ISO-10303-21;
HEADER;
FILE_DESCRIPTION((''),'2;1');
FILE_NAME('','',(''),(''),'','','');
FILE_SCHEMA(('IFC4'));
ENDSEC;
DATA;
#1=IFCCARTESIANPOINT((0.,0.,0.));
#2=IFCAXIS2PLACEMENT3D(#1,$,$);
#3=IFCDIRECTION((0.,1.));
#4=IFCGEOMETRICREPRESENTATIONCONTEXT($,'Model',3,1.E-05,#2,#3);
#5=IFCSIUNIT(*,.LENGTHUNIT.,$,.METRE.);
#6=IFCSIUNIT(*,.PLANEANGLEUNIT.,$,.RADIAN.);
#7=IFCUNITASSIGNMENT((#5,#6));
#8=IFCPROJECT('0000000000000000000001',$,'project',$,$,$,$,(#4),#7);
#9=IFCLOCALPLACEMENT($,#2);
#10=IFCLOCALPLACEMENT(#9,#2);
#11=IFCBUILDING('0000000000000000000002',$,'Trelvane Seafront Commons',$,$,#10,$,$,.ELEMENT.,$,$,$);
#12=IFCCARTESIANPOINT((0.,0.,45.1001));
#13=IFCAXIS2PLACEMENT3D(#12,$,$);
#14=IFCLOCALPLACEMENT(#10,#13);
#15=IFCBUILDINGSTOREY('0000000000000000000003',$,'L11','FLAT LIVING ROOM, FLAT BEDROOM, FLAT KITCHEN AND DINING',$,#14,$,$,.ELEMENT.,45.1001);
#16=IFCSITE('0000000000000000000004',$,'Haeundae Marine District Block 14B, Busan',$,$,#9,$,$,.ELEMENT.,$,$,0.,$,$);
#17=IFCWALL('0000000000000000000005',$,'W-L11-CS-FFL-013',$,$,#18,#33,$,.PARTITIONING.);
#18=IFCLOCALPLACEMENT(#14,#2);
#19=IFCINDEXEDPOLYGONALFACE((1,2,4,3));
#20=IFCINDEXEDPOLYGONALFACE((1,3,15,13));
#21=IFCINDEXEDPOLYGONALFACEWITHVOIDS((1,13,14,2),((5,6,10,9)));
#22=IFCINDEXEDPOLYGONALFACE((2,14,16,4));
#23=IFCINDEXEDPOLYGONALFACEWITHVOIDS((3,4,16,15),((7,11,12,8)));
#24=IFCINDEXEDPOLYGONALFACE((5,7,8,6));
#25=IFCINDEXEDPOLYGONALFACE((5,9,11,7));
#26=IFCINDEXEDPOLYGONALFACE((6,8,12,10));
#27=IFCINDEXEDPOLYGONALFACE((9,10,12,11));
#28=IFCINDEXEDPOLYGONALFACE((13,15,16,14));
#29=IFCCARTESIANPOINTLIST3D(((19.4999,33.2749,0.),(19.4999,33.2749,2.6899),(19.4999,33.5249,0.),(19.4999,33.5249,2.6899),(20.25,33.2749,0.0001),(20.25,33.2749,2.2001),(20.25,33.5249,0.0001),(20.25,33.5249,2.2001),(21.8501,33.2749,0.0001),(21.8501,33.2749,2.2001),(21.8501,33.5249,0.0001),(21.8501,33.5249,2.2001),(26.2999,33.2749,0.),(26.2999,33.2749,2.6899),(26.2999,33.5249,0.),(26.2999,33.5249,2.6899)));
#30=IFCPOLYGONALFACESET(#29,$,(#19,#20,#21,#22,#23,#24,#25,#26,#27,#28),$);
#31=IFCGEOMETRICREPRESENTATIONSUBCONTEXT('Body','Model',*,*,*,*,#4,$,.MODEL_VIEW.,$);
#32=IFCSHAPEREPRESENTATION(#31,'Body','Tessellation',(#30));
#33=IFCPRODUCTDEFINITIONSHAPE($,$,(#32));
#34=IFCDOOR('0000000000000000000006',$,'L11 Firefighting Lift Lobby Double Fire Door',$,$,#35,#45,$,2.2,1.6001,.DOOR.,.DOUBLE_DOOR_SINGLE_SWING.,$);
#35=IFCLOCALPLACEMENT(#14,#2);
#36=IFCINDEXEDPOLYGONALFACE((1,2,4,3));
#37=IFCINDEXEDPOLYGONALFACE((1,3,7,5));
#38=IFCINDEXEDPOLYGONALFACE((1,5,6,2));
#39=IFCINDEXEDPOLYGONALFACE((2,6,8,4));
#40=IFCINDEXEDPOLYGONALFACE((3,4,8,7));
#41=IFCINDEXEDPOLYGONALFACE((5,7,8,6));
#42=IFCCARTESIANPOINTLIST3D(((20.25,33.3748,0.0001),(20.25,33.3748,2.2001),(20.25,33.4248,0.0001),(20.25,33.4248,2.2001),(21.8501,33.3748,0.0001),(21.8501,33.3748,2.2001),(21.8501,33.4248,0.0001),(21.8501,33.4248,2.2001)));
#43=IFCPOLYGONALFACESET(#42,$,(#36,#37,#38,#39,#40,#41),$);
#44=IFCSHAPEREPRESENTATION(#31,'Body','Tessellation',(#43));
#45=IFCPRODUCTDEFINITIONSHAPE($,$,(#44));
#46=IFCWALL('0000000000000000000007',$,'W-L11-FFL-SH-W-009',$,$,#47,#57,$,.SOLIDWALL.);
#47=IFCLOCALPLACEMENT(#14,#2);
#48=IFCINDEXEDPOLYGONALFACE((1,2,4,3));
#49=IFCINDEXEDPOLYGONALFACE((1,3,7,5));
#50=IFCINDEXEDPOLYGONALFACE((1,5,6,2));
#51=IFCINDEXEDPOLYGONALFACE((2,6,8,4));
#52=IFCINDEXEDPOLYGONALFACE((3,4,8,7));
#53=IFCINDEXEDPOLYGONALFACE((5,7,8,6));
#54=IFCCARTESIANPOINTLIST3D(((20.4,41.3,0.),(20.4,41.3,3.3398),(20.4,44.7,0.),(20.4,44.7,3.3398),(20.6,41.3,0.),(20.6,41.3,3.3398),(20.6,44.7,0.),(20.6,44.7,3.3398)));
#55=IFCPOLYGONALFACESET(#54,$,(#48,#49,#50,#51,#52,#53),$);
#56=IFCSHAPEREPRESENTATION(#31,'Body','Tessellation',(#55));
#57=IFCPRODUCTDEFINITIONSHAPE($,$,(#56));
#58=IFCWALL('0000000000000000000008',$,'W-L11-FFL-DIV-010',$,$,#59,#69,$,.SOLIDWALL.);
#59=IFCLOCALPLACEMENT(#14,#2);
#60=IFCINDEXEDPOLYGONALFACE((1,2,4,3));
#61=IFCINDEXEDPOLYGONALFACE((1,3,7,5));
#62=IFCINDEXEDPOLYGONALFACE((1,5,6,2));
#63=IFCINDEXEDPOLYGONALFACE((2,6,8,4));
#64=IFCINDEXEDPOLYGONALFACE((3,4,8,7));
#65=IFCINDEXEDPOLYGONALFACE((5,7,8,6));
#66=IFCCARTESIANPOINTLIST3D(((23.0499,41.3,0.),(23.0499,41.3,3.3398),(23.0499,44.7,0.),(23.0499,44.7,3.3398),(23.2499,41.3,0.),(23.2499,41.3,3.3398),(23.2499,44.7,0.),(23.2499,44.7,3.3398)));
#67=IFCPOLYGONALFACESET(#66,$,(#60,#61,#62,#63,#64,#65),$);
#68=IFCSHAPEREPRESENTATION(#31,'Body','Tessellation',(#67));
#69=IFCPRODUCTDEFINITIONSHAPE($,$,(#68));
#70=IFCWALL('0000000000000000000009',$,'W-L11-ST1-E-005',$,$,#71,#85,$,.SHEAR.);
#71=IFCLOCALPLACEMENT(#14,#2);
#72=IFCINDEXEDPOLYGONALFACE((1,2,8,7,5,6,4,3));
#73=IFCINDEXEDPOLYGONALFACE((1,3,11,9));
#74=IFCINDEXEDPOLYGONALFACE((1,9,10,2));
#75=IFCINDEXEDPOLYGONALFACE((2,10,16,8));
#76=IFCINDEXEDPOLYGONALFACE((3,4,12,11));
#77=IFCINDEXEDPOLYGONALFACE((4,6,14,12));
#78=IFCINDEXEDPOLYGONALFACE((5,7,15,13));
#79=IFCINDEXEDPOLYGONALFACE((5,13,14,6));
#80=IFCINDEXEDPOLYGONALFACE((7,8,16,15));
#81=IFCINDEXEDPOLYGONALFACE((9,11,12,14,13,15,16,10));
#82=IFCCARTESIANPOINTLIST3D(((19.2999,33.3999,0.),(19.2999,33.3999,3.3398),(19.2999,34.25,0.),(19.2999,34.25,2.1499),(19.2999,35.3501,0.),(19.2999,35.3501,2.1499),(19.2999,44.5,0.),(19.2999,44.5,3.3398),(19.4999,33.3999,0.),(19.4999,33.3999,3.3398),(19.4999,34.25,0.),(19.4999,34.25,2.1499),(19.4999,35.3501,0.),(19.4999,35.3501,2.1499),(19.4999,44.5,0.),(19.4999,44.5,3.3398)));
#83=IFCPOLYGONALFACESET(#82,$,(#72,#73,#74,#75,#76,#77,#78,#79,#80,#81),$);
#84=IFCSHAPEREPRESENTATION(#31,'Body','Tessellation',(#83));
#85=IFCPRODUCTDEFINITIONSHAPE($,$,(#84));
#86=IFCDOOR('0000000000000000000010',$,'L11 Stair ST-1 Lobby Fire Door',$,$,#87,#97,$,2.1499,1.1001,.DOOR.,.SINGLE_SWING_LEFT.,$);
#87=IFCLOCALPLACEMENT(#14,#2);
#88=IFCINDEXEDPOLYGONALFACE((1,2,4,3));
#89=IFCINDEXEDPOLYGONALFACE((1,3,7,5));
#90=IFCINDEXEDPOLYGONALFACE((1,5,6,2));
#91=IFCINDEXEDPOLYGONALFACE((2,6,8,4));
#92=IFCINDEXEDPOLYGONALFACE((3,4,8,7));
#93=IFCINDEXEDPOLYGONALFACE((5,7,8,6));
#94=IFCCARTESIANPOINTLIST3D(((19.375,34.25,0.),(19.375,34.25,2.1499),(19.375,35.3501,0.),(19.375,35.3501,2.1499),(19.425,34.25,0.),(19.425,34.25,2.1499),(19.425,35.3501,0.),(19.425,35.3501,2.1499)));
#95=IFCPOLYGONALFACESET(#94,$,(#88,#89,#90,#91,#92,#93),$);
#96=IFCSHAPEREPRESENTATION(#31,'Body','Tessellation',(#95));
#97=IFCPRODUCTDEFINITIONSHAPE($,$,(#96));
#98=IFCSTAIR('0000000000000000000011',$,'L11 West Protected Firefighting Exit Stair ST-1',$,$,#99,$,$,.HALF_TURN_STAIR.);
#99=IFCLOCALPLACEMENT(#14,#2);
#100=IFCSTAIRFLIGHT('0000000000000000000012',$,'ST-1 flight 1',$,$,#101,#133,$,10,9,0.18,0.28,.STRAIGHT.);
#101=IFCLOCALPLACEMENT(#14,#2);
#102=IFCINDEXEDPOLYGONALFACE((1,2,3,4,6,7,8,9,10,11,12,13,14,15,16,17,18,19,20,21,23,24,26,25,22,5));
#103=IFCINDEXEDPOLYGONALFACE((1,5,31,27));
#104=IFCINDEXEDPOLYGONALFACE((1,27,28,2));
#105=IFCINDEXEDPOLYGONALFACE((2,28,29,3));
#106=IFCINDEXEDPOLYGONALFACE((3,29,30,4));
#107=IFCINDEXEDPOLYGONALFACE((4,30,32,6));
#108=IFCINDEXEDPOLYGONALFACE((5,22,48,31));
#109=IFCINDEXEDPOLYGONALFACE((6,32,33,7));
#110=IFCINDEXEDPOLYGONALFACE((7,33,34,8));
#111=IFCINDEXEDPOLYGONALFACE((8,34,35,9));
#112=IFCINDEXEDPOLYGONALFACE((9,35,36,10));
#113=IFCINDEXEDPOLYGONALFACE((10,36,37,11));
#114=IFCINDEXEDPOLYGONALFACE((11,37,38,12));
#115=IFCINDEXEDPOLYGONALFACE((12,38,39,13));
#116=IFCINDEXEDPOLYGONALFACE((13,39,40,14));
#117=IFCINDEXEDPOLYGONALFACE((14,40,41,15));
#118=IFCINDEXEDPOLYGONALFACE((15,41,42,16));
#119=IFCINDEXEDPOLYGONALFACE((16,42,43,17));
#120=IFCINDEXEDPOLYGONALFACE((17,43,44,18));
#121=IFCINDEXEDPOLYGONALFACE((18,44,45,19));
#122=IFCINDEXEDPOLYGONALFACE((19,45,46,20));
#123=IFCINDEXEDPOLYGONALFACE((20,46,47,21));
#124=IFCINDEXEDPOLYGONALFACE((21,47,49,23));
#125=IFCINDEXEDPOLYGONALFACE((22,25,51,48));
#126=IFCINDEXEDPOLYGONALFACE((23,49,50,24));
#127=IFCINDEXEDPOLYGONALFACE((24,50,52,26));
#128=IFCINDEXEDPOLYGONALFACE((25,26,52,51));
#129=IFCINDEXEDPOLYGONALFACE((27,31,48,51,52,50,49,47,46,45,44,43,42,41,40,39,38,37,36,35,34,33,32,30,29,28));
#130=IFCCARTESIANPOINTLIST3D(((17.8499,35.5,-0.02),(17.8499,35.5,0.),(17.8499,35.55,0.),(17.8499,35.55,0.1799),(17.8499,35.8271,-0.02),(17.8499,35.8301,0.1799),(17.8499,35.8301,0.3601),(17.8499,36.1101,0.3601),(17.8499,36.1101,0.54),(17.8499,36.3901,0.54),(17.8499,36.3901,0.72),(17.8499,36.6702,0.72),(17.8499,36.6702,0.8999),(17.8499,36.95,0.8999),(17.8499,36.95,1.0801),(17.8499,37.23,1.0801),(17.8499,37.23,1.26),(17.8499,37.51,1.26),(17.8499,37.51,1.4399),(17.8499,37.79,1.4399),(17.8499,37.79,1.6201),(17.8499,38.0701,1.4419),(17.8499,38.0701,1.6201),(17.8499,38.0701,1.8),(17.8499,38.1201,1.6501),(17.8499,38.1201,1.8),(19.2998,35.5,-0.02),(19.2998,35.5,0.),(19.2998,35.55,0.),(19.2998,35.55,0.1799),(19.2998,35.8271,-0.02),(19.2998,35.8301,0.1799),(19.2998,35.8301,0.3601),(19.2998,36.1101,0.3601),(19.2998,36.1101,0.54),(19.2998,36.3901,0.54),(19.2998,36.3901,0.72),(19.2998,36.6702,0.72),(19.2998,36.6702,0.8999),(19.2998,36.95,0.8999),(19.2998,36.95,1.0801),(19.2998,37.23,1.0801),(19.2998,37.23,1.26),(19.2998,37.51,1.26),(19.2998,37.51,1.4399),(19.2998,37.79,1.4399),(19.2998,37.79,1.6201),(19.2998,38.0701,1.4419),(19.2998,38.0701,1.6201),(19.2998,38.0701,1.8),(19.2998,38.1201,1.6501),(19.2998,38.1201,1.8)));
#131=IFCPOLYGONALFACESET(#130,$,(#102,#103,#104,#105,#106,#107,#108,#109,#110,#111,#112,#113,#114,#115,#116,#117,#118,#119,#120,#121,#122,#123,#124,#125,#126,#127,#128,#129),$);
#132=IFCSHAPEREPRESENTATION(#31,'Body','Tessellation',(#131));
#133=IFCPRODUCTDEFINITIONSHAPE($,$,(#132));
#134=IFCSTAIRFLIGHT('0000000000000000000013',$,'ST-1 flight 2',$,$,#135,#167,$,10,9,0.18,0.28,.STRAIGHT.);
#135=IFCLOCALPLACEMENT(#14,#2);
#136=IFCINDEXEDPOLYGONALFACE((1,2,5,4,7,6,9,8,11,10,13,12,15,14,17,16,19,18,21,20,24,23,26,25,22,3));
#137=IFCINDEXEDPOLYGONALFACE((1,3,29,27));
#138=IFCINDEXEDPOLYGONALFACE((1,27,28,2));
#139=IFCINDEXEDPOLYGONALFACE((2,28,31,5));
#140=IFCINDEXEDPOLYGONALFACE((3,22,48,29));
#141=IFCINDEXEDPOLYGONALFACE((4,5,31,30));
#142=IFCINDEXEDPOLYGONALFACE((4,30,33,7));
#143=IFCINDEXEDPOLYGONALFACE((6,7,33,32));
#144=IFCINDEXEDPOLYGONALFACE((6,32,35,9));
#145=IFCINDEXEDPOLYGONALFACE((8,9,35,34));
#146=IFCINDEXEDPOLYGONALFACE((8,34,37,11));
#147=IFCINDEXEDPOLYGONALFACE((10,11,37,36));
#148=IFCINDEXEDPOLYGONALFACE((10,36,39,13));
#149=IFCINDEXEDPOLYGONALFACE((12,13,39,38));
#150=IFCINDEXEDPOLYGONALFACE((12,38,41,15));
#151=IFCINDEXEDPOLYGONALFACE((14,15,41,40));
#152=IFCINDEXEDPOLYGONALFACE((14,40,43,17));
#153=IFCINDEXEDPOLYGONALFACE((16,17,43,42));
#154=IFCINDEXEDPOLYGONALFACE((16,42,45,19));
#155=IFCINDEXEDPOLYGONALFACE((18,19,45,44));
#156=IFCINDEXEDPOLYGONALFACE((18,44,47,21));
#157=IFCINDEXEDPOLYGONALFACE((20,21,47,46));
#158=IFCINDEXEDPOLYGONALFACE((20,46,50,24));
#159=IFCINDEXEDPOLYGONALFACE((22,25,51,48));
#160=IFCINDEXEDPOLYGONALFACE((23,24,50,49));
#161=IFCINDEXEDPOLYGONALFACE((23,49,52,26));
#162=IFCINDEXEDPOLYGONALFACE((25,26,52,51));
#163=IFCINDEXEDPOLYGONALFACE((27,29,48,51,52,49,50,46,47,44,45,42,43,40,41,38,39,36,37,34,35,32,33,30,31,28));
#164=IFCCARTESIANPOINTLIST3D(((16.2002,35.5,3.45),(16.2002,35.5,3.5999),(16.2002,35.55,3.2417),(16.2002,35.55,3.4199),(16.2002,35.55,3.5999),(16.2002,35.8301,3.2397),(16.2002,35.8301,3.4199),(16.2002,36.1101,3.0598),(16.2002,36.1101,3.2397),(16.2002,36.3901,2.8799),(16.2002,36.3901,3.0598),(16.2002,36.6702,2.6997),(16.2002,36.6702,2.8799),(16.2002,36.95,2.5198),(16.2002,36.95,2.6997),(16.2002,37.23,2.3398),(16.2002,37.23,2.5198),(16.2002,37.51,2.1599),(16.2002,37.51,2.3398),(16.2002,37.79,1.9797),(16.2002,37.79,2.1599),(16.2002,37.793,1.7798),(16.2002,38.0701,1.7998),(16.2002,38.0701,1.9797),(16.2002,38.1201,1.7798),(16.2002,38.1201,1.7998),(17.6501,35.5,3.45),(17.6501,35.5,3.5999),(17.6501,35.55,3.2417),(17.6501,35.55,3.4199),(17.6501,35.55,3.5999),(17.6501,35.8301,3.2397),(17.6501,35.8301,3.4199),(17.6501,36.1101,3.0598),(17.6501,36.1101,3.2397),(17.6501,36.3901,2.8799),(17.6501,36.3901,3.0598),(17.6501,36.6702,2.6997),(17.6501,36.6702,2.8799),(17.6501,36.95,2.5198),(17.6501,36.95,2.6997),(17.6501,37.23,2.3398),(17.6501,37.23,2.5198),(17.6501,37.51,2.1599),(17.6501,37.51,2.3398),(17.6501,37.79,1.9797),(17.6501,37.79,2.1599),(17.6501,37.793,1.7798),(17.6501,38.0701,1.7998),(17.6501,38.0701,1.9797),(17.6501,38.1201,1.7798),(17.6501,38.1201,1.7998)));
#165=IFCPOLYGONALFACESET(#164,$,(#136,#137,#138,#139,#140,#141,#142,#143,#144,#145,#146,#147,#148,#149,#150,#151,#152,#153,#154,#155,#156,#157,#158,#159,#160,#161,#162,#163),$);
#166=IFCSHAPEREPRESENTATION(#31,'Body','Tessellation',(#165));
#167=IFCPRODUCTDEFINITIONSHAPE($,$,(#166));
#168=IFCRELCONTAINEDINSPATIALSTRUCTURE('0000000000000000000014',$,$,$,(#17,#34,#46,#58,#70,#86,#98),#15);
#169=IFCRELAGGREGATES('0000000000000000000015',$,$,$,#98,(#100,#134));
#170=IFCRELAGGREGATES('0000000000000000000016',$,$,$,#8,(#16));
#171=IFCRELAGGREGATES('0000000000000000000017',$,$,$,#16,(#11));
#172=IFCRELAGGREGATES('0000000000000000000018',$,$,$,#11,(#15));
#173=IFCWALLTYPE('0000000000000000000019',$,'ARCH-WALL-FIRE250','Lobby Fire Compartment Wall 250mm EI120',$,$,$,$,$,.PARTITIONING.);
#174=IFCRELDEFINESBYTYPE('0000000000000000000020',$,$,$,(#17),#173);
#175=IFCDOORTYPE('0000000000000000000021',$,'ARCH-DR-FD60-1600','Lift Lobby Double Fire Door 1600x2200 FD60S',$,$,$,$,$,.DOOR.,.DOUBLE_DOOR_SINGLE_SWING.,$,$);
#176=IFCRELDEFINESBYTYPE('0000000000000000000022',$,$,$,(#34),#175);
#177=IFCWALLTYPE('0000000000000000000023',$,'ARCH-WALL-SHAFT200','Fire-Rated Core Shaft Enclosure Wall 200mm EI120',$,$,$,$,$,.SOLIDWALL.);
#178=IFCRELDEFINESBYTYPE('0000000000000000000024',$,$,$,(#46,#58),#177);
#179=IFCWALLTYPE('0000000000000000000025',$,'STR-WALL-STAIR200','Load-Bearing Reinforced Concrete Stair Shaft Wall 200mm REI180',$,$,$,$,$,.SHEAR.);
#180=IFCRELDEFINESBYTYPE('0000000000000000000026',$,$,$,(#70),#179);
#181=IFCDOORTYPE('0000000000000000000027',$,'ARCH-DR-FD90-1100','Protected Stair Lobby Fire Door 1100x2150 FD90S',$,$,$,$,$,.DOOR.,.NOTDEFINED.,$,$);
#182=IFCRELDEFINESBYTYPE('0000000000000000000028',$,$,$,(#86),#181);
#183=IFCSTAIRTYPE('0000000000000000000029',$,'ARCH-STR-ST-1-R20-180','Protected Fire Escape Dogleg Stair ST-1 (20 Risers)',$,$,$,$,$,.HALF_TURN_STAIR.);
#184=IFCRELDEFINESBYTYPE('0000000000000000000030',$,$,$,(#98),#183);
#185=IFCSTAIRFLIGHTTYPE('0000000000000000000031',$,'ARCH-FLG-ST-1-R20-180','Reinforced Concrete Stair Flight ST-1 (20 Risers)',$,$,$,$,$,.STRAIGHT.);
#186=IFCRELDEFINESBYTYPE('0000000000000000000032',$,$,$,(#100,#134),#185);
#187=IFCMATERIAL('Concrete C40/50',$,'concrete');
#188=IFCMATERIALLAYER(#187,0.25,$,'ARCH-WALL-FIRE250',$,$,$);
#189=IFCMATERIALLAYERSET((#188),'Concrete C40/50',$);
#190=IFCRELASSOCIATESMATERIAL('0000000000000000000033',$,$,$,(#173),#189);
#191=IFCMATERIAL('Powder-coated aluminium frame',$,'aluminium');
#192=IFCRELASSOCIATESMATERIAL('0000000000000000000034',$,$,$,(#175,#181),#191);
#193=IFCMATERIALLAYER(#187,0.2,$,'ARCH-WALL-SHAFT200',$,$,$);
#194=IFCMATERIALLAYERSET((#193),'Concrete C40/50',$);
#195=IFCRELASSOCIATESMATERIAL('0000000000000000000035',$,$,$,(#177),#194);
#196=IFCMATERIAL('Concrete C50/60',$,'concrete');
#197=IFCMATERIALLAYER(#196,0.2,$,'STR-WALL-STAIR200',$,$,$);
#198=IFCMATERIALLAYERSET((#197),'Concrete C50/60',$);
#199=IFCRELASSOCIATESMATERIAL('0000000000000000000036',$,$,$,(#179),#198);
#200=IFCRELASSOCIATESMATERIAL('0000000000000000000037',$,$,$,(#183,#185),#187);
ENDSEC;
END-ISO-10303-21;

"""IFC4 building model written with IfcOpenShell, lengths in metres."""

from ifc_helpers import new_model, si_unit, direction, frame, frame_2d, origin, place, context, subcontext, project, spatial, polyline, rectangle, outline, extrude, source, transform, mapped, material, layer, layer_set, type_object, element, fill, aggregate, save


model = new_model("IFC4")

# Units and contexts
model_context = context("Model", 3, precision=1e-05, world=origin(), true_north=direction((0.0, 1.0)))
body_context = subcontext(model_context, "Body", "Model", "MODEL_VIEW")
ifc_project = project(units=[si_unit("LENGTHUNIT", "METRE"), si_unit("PLANEANGLEUNIT", "RADIAN")], contexts=[model_context])

# Site, building, storey
site_placement = place(None, origin())
site = spatial("IfcSite", under=ifc_project, at=site_placement, Name="Haeundae Marine District Block 14B, Busan", CompositionType="ELEMENT", RefElevation=0.0)
building_placement = place(site_placement, origin())
building = spatial("IfcBuilding", under=site, at=building_placement, Name="Trelvane Seafront Commons", CompositionType="ELEMENT")
storey_placement = place(building_placement, frame((0.0, 0.0, 45.1001)))
storey = spatial("IfcBuildingStorey", under=building, at=storey_placement, Name="L11", Description="FLAT LIVING ROOM, FLAT BEDROOM, FLAT KITCHEN AND DINING", CompositionType="ELEMENT", Elevation=45.1001)

# Wall, opening, door
ifc_material_1 = material(Name="Concrete C40/50", Category="concrete")
ifc_layer_1 = layer(ifc_material_1, 0.25, Name="ARCH-WALL-FIRE250")
ifc_layer_set_1 = layer_set([ifc_layer_1], Name="Concrete C40/50")
wall_type_1 = type_object("IfcWallType", Name="ARCH-WALL-FIRE250", Description="Lobby Fire Compartment Wall 250mm EI120", PredefinedType="PARTITIONING", material=ifc_layer_set_1)
wall_1_placement = place(storey_placement, frame((19.5, 33.3999, 0.0), z_axis=(0.0, 0.0, 1.0), x_axis=(1.0, 0.0, 0.0)))
wall_1 = element("IfcWall", 1, at=wall_1_placement, inside=storey, type_object=wall_type_1, Name="W-L11-CS-FFL-013", PredefinedType="PARTITIONING", context=body_context, shape_type="SweptSolid", body=[
    extrude(rectangle(XDim=6.8, YDim=0.25, at=frame_2d((3.3999, 0.0))), origin(), (0.0, 0.0, 1.0), 2.6899),
])
opening_1_placement = place(wall_1_placement, frame((0.75, 0.0, 0.0)))
opening_1 = element("IfcOpeningElement", 2, at=opening_1_placement, cuts=wall_1, PredefinedType="OPENING", context=body_context, shape_type="SweptSolid", body=[
    extrude(rectangle(XDim=1.6001, YDim=2.2, at=frame_2d((0.8, 1.1001))), frame((0.0, 0.135, 0.0), z_axis=(0.0, -1.0, 0.0), x_axis=(1.0, 0.0, 0.0)), (0.0, 0.0, 1.0), 0.27),
])
ifc_material_2 = material(Name="Powder-coated aluminium frame", Category="aluminium")
door_type_1 = type_object("IfcDoorType", Name="ARCH-DR-FD60-1600", Description="Lift Lobby Double Fire Door 1600x2200 FD60S", OperationType="DOUBLE_DOOR_SINGLE_SWING", PredefinedType="DOOR", material=ifc_material_2)
shared_shape_1 = source(origin(), body_context, "Body", "SweptSolid", [
    extrude(rectangle(XDim=1.6001, YDim=2.2, at=frame_2d((0.8, 1.1001))), frame((0.0, 0.0249, 0.0), z_axis=(0.0, -1.0, 0.0), x_axis=(1.0, 0.0, 0.0)), (0.0, 0.0, 1.0), 0.05),
])
door_1_placement = place(opening_1_placement, origin())
door_1 = element("IfcDoor", 3, at=door_1_placement, inside=storey, type_object=door_type_1, Name="L11 Firefighting Lift Lobby Double Fire Door", OperationType="DOUBLE_DOOR_SINGLE_SWING", OverallHeight=2.2, OverallWidth=1.6001, PredefinedType="DOOR", context=body_context, shape_type="MappedRepresentation", body=[
    mapped(shared_shape_1, transform((0.0, 0.0, 0.0), x_axis=(1.0, 0.0, 0.0), y_axis=(0.0, 1.0, 0.0), z_axis=(0.0, 0.0, 1.0), scale=1.0)),
])
fill(opening_1, door_1)

# Shared definitions
ifc_layer_2 = layer(ifc_material_1, 0.2, Name="ARCH-WALL-SHAFT200")
ifc_layer_set_2 = layer_set([ifc_layer_2], Name="Concrete C40/50")
wall_type_2 = type_object("IfcWallType", Name="ARCH-WALL-SHAFT200", Description="Fire-Rated Core Shaft Enclosure Wall 200mm EI120", PredefinedType="SOLIDWALL", material=ifc_layer_set_2)
shared_shape_2 = source(origin(), body_context, "Body", "SweptSolid", [
    extrude(rectangle(XDim=1.1001, YDim=2.1499, at=frame_2d((0.55, 1.075))), frame((0.0, 0.0249, 0.0), z_axis=(0.0, -1.0, 0.0), x_axis=(1.0, 0.0, 0.0)), (0.0, 0.0, 1.0), 0.05),
])

# Walls
for number, where, z_axis, x_axis, name in (
    (4, (20.5, 41.3, 0.0), (0.0, 0.0, 1.0), (0.0, 1.0, 0.0), "W-L11-FFL-SH-W-009"),
    (5, (23.1499, 41.3, 0.0), (0.0, 0.0, 1.0), (0.0, 1.0, 0.0), "W-L11-FFL-DIV-010"),
):
    element("IfcWall", number, at=place(storey_placement, frame(where, z_axis=z_axis, x_axis=x_axis)), inside=storey, type_object=wall_type_2, Name=name, PredefinedType="SOLIDWALL", context=body_context, shape_type="SweptSolid", body=[
        extrude(rectangle(XDim=3.3999, YDim=0.2, at=frame_2d((1.7, 0.0))), origin(), (0.0, 0.0, 1.0), 3.3398),
    ])

# Wall, opening, door
ifc_material_3 = material(Name="Concrete C50/60", Category="concrete")
ifc_layer_3 = layer(ifc_material_3, 0.2, Name="STR-WALL-STAIR200")
ifc_layer_set_3 = layer_set([ifc_layer_3], Name="Concrete C50/60")
wall_type_3 = type_object("IfcWallType", Name="STR-WALL-STAIR200", Description="Load-Bearing Reinforced Concrete Stair Shaft Wall 200mm REI180", PredefinedType="SHEAR", material=ifc_layer_set_3)
wall_2_placement = place(storey_placement, frame((19.3999, 33.3999, 0.0), z_axis=(0.0, 0.0, 1.0), x_axis=(0.0, 1.0, 0.0)))
wall_2 = element("IfcWall", 6, at=wall_2_placement, inside=storey, type_object=wall_type_3, Name="W-L11-ST1-E-005", PredefinedType="SHEAR", context=body_context, shape_type="SweptSolid", body=[
    extrude(rectangle(XDim=11.1001, YDim=0.2, at=frame_2d((5.55, 0.0))), origin(), (0.0, 0.0, 1.0), 3.3398),
])
opening_2_placement = place(wall_2_placement, frame((0.8501, 0.0, 0.0)))
opening_2 = element("IfcOpeningElement", 7, at=opening_2_placement, cuts=wall_2, PredefinedType="OPENING", context=body_context, shape_type="SweptSolid", body=[
    extrude(rectangle(XDim=1.1001, YDim=2.1499, at=frame_2d((0.55, 1.075))), frame((0.0, 0.1099, 0.0), z_axis=(0.0, -1.0, 0.0), x_axis=(1.0, 0.0, 0.0)), (0.0, 0.0, 1.0), 0.22),
])
door_type_2 = type_object("IfcDoorType", Name="ARCH-DR-FD90-1100", Description="Protected Stair Lobby Fire Door 1100x2150 FD90S", OperationType="NOTDEFINED", PredefinedType="DOOR", material=ifc_material_2)
door_2_placement = place(opening_2_placement, origin())
door_2 = element("IfcDoor", 8, at=door_2_placement, inside=storey, type_object=door_type_2, Name="L11 Stair ST-1 Lobby Fire Door", OperationType="SINGLE_SWING_LEFT", OverallHeight=2.1499, OverallWidth=1.1001, PredefinedType="DOOR", context=body_context, shape_type="MappedRepresentation", body=[
    mapped(shared_shape_2, transform((0.0, 0.0, 0.0), x_axis=(1.0, 0.0, 0.0), y_axis=(0.0, 1.0, 0.0), z_axis=(0.0, 0.0, 1.0), scale=1.0)),
])
fill(opening_2, door_2)

# Stair, stair flights
stair_type = type_object("IfcStairType", Name="ARCH-STR-ST-1-R20-180", Description="Protected Fire Escape Dogleg Stair ST-1 (20 Risers)", PredefinedType="HALF_TURN_STAIR", material=ifc_material_1)
stair_placement = place(storey_placement, origin())
stair = element("IfcStair", 9, at=stair_placement, inside=storey, type_object=stair_type, Name="L11 West Protected Firefighting Exit Stair ST-1", PredefinedType="HALF_TURN_STAIR")
stair_flight_type = type_object("IfcStairFlightType", Name="ARCH-FLG-ST-1-R20-180", Description="Reinforced Concrete Stair Flight ST-1 (20 Risers)", PredefinedType="STRAIGHT", material=ifc_material_1)
shared_shape_3 = source(origin(), body_context, "Body", "SweptSolid", [
    extrude(outline(polyline([(-0.05, -0.02), (-0.05, 0.0), (0.0, 0.0), (0.0, 0.1799), (0.28, 0.1799), (0.28, 0.3601), (0.5601, 0.3601), (0.5601, 0.54), (0.8401, 0.54), (0.8401, 0.72), (1.1201, 0.72), (1.1201, 0.8999), (1.3999, 0.8999), (1.3999, 1.0801), (1.6799, 1.0801), (1.6799, 1.26), (1.96, 1.26), (1.96, 1.4399), (2.24, 1.4399), (2.24, 1.6201), (2.52, 1.6201), (2.52, 1.8), (2.5701, 1.8), (2.5701, 1.6501), (2.52, 1.4419), (0.2771, -0.02), (-0.05, -0.02)])), frame((0.0, 0.7251, 0.0), z_axis=(0.0, -1.0, 0.0), x_axis=(1.0, 0.0, 0.0)), (0.0, 0.0, 1.0), 1.45),
])
stair_flight_1_placement = place(storey_placement, frame((18.575, 35.55, 0.0), z_axis=(0.0, 0.0, 1.0), x_axis=(0.0, 1.0, 0.0)))
stair_flight_1 = element("IfcStairFlight", 10, at=stair_flight_1_placement, type_object=stair_flight_type, Name="ST-1 flight 1", NumberOfRisers=10, NumberOfTreads=9, PredefinedType="STRAIGHT", RiserHeight=0.18, TreadLength=0.28, context=body_context, shape_type="MappedRepresentation", body=[
    mapped(shared_shape_3, transform((0.0, 0.0, 0.0), x_axis=(1.0, 0.0, 0.0), y_axis=(0.0, 1.0, 0.0), z_axis=(0.0, 0.0, 1.0), scale=1.0)),
])
stair_flight_2_placement = place(storey_placement, frame((16.925, 38.0701, 1.7998), z_axis=(0.0, 0.0, 1.0), x_axis=(0.0, -1.0, 0.0)))
stair_flight_2 = element("IfcStairFlight", 11, at=stair_flight_2_placement, type_object=stair_flight_type, Name="ST-1 flight 2", NumberOfRisers=10, NumberOfTreads=9, PredefinedType="STRAIGHT", RiserHeight=0.18, TreadLength=0.28, context=body_context, shape_type="MappedRepresentation", body=[
    mapped(shared_shape_3, transform((0.0, 0.0, 0.0), x_axis=(1.0, 0.0, 0.0), y_axis=(0.0, 1.0, 0.0), z_axis=(0.0, 0.0, 1.0), scale=1.0)),
])
aggregate(stair, [stair_flight_1, stair_flight_2])

save(model, "model.ifc")
